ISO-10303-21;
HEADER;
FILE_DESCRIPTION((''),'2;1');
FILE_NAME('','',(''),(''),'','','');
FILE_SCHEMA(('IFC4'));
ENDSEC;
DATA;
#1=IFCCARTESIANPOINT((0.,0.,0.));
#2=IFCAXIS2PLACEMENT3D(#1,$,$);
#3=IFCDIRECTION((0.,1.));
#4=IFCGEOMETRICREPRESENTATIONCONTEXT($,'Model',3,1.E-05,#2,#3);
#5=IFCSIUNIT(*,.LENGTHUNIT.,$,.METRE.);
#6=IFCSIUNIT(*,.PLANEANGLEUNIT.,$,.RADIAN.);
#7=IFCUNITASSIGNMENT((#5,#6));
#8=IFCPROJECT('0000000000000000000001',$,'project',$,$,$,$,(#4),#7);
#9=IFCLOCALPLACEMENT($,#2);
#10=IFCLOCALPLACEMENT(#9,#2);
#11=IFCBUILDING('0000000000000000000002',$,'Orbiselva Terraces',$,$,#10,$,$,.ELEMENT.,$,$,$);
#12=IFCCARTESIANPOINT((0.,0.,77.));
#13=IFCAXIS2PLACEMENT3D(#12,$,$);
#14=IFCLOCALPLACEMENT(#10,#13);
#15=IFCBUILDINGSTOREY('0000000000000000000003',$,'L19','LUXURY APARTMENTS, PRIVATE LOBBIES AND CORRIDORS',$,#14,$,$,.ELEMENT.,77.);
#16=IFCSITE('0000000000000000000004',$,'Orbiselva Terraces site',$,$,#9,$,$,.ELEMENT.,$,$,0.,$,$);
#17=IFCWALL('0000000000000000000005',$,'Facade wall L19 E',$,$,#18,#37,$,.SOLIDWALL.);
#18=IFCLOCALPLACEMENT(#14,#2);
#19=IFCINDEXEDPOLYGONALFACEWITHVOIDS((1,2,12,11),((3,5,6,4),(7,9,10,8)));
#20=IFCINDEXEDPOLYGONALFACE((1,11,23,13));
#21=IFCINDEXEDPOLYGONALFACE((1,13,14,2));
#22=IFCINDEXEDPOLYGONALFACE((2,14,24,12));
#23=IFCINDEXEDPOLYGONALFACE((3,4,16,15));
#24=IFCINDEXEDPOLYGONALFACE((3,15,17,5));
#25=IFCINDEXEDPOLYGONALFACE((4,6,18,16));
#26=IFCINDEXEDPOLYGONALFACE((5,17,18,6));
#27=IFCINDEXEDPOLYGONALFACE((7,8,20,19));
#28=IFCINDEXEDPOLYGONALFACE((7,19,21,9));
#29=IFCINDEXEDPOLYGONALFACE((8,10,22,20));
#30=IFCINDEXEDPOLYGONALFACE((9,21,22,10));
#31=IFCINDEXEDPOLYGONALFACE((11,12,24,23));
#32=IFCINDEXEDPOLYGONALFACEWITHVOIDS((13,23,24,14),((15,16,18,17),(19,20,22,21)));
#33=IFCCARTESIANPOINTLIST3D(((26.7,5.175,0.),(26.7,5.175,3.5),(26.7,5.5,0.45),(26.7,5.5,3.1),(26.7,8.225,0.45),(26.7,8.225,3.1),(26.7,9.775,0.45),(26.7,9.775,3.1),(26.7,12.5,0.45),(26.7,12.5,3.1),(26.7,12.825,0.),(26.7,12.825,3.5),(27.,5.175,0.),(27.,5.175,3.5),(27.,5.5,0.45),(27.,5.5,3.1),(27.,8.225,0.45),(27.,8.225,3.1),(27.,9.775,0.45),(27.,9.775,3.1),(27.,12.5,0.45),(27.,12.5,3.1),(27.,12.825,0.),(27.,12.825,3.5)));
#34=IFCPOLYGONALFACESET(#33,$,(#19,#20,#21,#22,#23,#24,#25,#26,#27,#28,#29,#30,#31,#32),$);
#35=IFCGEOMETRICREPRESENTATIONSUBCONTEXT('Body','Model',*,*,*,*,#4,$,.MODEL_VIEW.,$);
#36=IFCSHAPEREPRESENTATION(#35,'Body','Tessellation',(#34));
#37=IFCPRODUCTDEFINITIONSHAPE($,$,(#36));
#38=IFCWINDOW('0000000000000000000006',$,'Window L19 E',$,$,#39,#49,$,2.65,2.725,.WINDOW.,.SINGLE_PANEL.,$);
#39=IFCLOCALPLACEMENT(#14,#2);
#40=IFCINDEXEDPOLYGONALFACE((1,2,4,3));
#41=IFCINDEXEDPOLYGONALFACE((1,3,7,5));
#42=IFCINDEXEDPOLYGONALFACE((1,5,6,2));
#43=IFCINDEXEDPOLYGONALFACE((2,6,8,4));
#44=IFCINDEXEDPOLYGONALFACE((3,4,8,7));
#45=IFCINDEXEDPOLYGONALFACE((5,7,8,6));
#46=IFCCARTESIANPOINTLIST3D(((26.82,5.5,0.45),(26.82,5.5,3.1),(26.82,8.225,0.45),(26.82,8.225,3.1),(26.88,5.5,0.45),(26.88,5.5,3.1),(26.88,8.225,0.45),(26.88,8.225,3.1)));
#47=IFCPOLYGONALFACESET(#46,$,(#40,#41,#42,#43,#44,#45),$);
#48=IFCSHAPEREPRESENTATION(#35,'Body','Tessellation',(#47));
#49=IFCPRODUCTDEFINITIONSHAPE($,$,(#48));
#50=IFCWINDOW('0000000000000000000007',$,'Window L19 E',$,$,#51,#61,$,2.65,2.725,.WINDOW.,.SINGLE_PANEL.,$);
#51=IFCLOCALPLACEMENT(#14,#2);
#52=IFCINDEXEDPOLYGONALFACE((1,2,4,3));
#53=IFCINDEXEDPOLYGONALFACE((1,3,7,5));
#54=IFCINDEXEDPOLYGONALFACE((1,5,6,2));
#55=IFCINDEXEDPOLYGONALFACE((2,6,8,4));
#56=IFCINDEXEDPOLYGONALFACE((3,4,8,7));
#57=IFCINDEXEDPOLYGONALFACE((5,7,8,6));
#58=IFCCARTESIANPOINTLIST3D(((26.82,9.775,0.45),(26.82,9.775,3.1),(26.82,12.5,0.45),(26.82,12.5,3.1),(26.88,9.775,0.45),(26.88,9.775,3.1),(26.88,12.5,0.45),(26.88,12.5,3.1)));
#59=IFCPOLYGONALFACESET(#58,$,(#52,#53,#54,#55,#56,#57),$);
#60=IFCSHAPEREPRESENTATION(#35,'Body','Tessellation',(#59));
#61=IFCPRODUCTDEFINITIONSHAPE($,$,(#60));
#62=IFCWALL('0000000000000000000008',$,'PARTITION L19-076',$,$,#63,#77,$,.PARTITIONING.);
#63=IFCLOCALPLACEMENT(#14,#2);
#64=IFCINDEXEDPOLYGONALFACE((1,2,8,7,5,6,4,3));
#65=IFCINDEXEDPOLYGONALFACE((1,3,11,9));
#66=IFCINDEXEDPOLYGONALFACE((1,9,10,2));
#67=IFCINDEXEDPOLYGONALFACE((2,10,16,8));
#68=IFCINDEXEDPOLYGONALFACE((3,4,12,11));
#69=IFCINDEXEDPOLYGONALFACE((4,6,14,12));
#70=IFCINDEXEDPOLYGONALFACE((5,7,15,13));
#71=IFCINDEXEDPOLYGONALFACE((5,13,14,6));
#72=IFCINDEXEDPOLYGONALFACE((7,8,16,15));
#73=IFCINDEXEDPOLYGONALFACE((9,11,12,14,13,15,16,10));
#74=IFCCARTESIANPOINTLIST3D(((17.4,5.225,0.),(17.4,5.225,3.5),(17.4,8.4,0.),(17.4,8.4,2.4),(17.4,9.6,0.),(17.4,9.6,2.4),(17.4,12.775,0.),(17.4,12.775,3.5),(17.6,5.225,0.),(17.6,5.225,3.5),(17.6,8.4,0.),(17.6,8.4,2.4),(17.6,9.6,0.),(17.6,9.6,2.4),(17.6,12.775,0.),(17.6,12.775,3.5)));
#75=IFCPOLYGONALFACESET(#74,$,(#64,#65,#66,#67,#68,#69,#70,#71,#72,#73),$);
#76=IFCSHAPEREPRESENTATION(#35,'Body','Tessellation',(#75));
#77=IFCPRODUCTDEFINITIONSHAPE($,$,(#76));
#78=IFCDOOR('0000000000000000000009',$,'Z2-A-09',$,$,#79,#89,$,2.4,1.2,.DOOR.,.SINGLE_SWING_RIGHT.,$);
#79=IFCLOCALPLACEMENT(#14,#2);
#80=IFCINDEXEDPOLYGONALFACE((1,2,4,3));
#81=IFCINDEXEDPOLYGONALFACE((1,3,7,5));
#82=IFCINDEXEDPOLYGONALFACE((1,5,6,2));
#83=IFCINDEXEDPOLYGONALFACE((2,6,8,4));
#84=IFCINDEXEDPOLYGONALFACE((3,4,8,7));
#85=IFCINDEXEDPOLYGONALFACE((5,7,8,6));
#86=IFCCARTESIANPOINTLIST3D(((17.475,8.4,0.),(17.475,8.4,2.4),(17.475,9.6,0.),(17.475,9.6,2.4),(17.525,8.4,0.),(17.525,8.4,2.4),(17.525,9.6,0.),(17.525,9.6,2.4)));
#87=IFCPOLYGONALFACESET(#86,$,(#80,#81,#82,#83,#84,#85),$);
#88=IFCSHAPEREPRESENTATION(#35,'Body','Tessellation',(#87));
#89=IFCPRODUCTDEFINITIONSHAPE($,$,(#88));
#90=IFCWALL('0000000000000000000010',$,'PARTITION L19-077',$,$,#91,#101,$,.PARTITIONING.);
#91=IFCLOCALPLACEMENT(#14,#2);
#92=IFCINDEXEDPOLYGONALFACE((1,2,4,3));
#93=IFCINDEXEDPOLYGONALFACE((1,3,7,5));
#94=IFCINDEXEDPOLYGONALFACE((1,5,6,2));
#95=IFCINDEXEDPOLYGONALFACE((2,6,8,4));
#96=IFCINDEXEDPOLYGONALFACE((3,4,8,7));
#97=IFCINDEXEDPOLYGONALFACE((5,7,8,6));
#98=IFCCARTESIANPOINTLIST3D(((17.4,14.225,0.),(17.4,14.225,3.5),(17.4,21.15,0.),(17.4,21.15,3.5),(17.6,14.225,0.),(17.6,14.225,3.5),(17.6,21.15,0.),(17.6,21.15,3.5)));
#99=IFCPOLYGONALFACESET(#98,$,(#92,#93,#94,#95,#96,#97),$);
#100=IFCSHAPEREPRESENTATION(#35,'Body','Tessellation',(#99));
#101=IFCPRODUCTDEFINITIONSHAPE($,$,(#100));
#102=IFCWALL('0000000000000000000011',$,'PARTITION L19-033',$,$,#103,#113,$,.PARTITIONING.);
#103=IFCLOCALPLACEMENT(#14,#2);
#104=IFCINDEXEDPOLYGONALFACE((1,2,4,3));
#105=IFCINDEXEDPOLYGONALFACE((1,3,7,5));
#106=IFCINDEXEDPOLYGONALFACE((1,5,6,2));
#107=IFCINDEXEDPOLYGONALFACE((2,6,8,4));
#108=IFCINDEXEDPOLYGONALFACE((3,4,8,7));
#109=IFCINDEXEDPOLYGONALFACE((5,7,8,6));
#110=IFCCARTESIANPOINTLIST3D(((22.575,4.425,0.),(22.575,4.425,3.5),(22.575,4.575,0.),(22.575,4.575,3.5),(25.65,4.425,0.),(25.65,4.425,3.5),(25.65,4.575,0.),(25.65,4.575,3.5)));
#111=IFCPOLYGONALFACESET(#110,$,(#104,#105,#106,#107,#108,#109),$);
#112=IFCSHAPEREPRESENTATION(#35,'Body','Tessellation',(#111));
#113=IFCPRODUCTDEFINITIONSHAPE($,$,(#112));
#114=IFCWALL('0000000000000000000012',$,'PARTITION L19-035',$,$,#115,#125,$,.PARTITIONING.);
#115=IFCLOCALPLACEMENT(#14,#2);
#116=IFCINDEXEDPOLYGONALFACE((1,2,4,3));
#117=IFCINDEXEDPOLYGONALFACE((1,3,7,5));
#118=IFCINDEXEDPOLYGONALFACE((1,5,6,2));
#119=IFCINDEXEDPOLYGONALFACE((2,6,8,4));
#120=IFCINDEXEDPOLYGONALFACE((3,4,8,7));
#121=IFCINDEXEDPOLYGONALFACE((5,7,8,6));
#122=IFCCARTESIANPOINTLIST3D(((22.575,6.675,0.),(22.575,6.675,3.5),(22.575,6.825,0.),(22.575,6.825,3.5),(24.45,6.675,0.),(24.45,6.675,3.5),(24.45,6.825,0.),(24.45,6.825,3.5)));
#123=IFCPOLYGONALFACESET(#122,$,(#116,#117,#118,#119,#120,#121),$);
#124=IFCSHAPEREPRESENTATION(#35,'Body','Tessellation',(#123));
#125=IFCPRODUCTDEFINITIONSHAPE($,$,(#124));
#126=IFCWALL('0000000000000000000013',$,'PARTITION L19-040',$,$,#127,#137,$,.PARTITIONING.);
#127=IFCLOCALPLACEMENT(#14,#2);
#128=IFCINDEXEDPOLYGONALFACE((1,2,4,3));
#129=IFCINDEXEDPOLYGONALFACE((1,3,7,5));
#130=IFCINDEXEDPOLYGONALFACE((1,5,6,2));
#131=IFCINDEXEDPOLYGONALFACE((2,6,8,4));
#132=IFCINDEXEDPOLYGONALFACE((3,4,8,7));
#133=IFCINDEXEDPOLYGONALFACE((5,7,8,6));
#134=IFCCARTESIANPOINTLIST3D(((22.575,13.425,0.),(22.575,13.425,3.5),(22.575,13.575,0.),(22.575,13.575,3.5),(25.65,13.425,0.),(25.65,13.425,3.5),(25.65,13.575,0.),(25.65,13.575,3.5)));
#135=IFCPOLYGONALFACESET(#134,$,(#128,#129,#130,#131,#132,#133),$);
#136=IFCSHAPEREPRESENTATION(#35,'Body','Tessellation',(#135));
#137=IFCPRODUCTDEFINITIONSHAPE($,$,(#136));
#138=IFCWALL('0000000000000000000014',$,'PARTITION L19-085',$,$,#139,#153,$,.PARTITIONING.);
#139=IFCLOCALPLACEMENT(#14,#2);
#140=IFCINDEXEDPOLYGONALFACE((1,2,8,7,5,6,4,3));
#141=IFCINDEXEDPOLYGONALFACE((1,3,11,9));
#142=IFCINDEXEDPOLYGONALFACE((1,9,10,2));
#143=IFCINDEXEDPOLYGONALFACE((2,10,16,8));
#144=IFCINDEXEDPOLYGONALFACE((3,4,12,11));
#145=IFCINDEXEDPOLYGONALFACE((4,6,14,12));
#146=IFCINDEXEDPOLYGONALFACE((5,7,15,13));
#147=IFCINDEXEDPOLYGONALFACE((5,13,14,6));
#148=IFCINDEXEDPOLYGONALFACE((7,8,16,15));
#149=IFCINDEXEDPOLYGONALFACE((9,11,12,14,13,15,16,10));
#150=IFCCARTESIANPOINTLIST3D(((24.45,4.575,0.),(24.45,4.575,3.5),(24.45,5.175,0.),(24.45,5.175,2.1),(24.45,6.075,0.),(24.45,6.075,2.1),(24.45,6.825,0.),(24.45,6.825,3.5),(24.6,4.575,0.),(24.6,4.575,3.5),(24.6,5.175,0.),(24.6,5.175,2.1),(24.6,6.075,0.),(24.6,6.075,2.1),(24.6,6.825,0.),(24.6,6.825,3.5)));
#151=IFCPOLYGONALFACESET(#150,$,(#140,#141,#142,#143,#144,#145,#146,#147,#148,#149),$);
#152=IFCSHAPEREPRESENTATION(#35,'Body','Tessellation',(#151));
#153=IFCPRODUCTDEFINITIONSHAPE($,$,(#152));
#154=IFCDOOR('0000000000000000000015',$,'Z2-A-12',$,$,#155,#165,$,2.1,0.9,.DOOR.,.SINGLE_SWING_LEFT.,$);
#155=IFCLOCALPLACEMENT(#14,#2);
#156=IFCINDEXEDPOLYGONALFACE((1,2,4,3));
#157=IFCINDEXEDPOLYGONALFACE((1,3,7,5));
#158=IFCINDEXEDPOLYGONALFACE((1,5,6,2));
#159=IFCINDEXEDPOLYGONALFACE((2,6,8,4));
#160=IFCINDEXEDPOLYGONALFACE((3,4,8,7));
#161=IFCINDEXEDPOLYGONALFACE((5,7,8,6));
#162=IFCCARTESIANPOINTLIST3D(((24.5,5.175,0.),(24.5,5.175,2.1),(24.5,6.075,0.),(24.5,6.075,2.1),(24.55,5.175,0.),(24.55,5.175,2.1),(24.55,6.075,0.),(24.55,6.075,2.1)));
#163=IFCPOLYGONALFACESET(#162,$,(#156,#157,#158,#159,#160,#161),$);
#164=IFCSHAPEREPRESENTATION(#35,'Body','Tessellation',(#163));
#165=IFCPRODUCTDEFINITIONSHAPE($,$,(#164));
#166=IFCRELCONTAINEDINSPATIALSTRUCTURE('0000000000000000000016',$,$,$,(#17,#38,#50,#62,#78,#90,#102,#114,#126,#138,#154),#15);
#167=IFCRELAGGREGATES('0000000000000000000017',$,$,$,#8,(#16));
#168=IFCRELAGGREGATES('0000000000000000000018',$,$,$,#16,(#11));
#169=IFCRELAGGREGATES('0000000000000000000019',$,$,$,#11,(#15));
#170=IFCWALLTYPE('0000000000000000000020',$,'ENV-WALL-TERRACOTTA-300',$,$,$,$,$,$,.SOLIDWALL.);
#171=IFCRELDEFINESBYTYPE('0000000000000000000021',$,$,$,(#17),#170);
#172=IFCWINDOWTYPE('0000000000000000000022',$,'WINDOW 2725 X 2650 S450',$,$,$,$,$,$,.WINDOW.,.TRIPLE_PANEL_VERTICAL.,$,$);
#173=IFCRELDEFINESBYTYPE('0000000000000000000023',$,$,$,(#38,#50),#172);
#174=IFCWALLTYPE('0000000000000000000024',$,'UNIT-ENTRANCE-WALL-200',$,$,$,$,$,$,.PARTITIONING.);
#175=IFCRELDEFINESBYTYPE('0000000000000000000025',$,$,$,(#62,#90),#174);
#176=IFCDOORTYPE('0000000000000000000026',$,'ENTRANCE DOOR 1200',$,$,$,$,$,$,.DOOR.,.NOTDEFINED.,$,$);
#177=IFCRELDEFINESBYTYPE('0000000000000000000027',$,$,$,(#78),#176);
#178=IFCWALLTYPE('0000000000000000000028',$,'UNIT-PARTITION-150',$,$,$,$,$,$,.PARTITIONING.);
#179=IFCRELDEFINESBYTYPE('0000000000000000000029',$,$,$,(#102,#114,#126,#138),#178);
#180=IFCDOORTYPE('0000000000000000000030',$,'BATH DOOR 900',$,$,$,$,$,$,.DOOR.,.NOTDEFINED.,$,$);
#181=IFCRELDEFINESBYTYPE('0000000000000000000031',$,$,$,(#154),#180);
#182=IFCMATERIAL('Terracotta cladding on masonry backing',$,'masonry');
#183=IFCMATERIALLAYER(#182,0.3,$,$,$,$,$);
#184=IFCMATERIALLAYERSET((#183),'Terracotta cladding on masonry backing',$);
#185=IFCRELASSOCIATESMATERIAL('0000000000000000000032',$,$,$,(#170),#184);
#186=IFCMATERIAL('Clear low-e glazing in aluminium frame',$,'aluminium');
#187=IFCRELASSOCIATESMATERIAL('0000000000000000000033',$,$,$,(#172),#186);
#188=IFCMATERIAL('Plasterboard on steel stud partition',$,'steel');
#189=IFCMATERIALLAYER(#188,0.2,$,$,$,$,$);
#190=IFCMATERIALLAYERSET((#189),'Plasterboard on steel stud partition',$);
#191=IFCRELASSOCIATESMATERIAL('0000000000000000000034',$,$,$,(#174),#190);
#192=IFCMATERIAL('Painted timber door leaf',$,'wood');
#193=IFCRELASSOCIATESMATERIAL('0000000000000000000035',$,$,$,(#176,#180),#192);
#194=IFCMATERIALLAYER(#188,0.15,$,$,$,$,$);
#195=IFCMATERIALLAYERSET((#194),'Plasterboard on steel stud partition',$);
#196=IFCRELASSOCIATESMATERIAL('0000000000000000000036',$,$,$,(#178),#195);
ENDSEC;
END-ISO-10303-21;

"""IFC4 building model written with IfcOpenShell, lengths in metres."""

from ifc_helpers import new_model, si_unit, direction, frame, frame_2d, origin, place, context, subcontext, project, spatial, rectangle, extrude, material, layer, layer_set, type_object, element, fill, save


model = new_model("IFC4")

# Units and contexts
model_context = context("Model", 3, precision=1e-05, world=origin(), true_north=direction((0.0, 1.0)))
body_context = subcontext(model_context, "Body", "Model", "MODEL_VIEW")
ifc_project = project(units=[si_unit("LENGTHUNIT", "METRE"), si_unit("PLANEANGLEUNIT", "RADIAN")], contexts=[model_context])

# Site, building, storey
site_placement = place(None, origin())
site = spatial("IfcSite", under=ifc_project, at=site_placement, Name="Orbiselva Terraces site", CompositionType="ELEMENT", RefElevation=0.0)
building_placement = place(site_placement, origin())
building = spatial("IfcBuilding", under=site, at=building_placement, Name="Orbiselva Terraces", CompositionType="ELEMENT")
storey_placement = place(building_placement, frame((0.0, 0.0, 77.0)))
storey = spatial("IfcBuildingStorey", under=building, at=storey_placement, Name="L19", Description="LUXURY APARTMENTS, PRIVATE LOBBIES AND CORRIDORS", CompositionType="ELEMENT", Elevation=77.0)

# Shared definitions
ifc_material_1 = material(Name="Terracotta cladding on masonry backing", Category="masonry")
ifc_layer_1 = layer(ifc_material_1, 0.3)
ifc_layer_set_1 = layer_set([ifc_layer_1], Name="Terracotta cladding on masonry backing")
wall_type_1 = type_object("IfcWallType", Name="ENV-WALL-TERRACOTTA-300", PredefinedType="SOLIDWALL", material=ifc_layer_set_1)
ifc_material_2 = material(Name="Clear low-e glazing in aluminium frame", Category="aluminium")
window_type = type_object("IfcWindowType", Name="WINDOW 2725 X 2650 S450", PartitioningType="TRIPLE_PANEL_VERTICAL", PredefinedType="WINDOW", material=ifc_material_2)

# Wall, openings, windows
wall_1_placement = place(storey_placement, frame((26.85, 12.825, 0.0), z_axis=(0.0, 0.0, 1.0), x_axis=(0.0, -1.0, 0.0)))
wall_1 = element("IfcWall", 1, at=wall_1_placement, inside=storey, type_object=wall_type_1, Name="Facade wall L19 E", PredefinedType="SOLIDWALL", context=body_context, shape_type="SweptSolid", body=[
    extrude(rectangle(XDim=7.65, YDim=0.3, at=frame_2d((3.825, 0.0))), origin(), (0.0, 0.0, 1.0), 3.5),
])
opening_1_placement = place(wall_1_placement, frame((4.6, 0.0, 0.45)))
opening_1 = element("IfcOpeningElement", 2, at=opening_1_placement, cuts=wall_1, PredefinedType="OPENING", context=body_context, shape_type="SweptSolid", body=[
    extrude(rectangle(XDim=2.725, YDim=2.65, at=frame_2d((1.3625, 1.325))), frame((0.0, 0.16, 0.0), z_axis=(0.0, -1.0, 0.0), x_axis=(1.0, 0.0, 0.0)), (0.0, 0.0, 1.0), 0.32),
])
opening_2_placement = place(wall_1_placement, frame((0.325, 0.0, 0.45)))
opening_2 = element("IfcOpeningElement", 3, at=opening_2_placement, cuts=wall_1, PredefinedType="OPENING", context=body_context, shape_type="SweptSolid", body=[
    extrude(rectangle(XDim=2.725, YDim=2.65, at=frame_2d((1.3625, 1.325))), frame((0.0, 0.16, 0.0), z_axis=(0.0, -1.0, 0.0), x_axis=(1.0, 0.0, 0.0)), (0.0, 0.0, 1.0), 0.32),
])
window_1_placement = place(opening_1_placement, origin())
window_1 = element("IfcWindow", 4, at=window_1_placement, inside=storey, type_object=window_type, Name="Window L19 E", OverallHeight=2.65, OverallWidth=2.725, PartitioningType="SINGLE_PANEL", PredefinedType="WINDOW", context=body_context, shape_type="SweptSolid", body=[
    extrude(rectangle(XDim=2.725, YDim=2.65, at=frame_2d((1.3625, 1.325))), frame((0.0, 0.03, 0.0), z_axis=(0.0, -1.0, 0.0), x_axis=(1.0, 0.0, 0.0)), (0.0, 0.0, 1.0), 0.06),
])
fill(opening_1, window_1)
window_2_placement = place(opening_2_placement, origin())
window_2 = element("IfcWindow", 5, at=window_2_placement, inside=storey, type_object=window_type, Name="Window L19 E", OverallHeight=2.65, OverallWidth=2.725, PartitioningType="SINGLE_PANEL", PredefinedType="WINDOW", context=body_context, shape_type="SweptSolid", body=[
    extrude(rectangle(XDim=2.725, YDim=2.65, at=frame_2d((1.3625, 1.325))), frame((0.0, 0.03, 0.0), z_axis=(0.0, -1.0, 0.0), x_axis=(1.0, 0.0, 0.0)), (0.0, 0.0, 1.0), 0.06),
])
fill(opening_2, window_2)

# Wall, opening, door
ifc_material_3 = material(Name="Plasterboard on steel stud partition", Category="steel")
ifc_layer_2 = layer(ifc_material_3, 0.2)
ifc_layer_set_2 = layer_set([ifc_layer_2], Name="Plasterboard on steel stud partition")
wall_type_2 = type_object("IfcWallType", Name="UNIT-ENTRANCE-WALL-200", PredefinedType="PARTITIONING", material=ifc_layer_set_2)
wall_2_placement = place(storey_placement, frame((17.5, 12.775, 0.0), z_axis=(0.0, 0.0, 1.0), x_axis=(0.0, -1.0, 0.0)))
wall_2 = element("IfcWall", 6, at=wall_2_placement, inside=storey, type_object=wall_type_2, Name="PARTITION L19-076", PredefinedType="PARTITIONING", context=body_context, shape_type="SweptSolid", body=[
    extrude(rectangle(XDim=7.55, YDim=0.2, at=frame_2d((3.775, 0.0))), origin(), (0.0, 0.0, 1.0), 3.5),
])
opening_3_placement = place(wall_2_placement, frame((3.175, 0.0, 0.0)))
opening_3 = element("IfcOpeningElement", 7, at=opening_3_placement, cuts=wall_2, PredefinedType="OPENING", context=body_context, shape_type="SweptSolid", body=[
    extrude(rectangle(XDim=1.2, YDim=2.4, at=frame_2d((0.6, 1.2))), frame((0.0, 0.11, 0.0), z_axis=(0.0, -1.0, 0.0), x_axis=(1.0, 0.0, 0.0)), (0.0, 0.0, 1.0), 0.22),
])
ifc_material_4 = material(Name="Painted timber door leaf", Category="wood")
door_type_1 = type_object("IfcDoorType", Name="ENTRANCE DOOR 1200", OperationType="NOTDEFINED", PredefinedType="DOOR", material=ifc_material_4)
door_1_placement = place(opening_3_placement, origin())
door_1 = element("IfcDoor", 8, at=door_1_placement, inside=storey, type_object=door_type_1, Name="Z2-A-09", OperationType="SINGLE_SWING_RIGHT", OverallHeight=2.4, OverallWidth=1.2, PredefinedType="DOOR", context=body_context, shape_type="SweptSolid", body=[
    extrude(rectangle(XDim=1.2, YDim=2.4, at=frame_2d((0.6, 1.2))), frame((0.0, 0.025, 0.0), z_axis=(0.0, -1.0, 0.0), x_axis=(1.0, 0.0, 0.0)), (0.0, 0.0, 1.0), 0.05),
])
fill(opening_3, door_1)

# Walls
wall_3_placement = place(storey_placement, frame((17.5, 14.225, 0.0), z_axis=(0.0, 0.0, 1.0), x_axis=(0.0, 1.0, 0.0)))
element("IfcWall", 9, at=wall_3_placement, inside=storey, type_object=wall_type_2, Name="PARTITION L19-077", PredefinedType="PARTITIONING", context=body_context, shape_type="SweptSolid", body=[
    extrude(rectangle(XDim=6.925, YDim=0.2, at=frame_2d((3.4625, 0.0))), origin(), (0.0, 0.0, 1.0), 3.5),
])
ifc_layer_3 = layer(ifc_material_3, 0.15)
ifc_layer_set_3 = layer_set([ifc_layer_3], Name="Plasterboard on steel stud partition")
wall_type_3 = type_object("IfcWallType", Name="UNIT-PARTITION-150", PredefinedType="PARTITIONING", material=ifc_layer_set_3)
wall_4_placement = place(storey_placement, frame((22.575, 4.5, 0.0), z_axis=(0.0, 0.0, 1.0), x_axis=(1.0, 0.0, 0.0)))
element("IfcWall", 10, at=wall_4_placement, inside=storey, type_object=wall_type_3, Name="PARTITION L19-033", PredefinedType="PARTITIONING", context=body_context, shape_type="SweptSolid", body=[
    extrude(rectangle(XDim=3.075, YDim=0.15, at=frame_2d((1.5375, 0.0))), origin(), (0.0, 0.0, 1.0), 3.5),
])
wall_5_placement = place(storey_placement, frame((22.575, 6.75, 0.0), z_axis=(0.0, 0.0, 1.0), x_axis=(1.0, 0.0, 0.0)))
element("IfcWall", 11, at=wall_5_placement, inside=storey, type_object=wall_type_3, Name="PARTITION L19-035", PredefinedType="PARTITIONING", context=body_context, shape_type="SweptSolid", body=[
    extrude(rectangle(XDim=1.875, YDim=0.15, at=frame_2d((0.9375, 0.0))), origin(), (0.0, 0.0, 1.0), 3.5),
])
wall_6_placement = place(storey_placement, frame((22.575, 13.5, 0.0), z_axis=(0.0, 0.0, 1.0), x_axis=(1.0, 0.0, 0.0)))
element("IfcWall", 12, at=wall_6_placement, inside=storey, type_object=wall_type_3, Name="PARTITION L19-040", PredefinedType="PARTITIONING", context=body_context, shape_type="SweptSolid", body=[
    extrude(rectangle(XDim=3.075, YDim=0.15, at=frame_2d((1.5375, 0.0))), origin(), (0.0, 0.0, 1.0), 3.5),
])

# Wall, opening, door
wall_7_placement = place(storey_placement, frame((24.525, 4.575, 0.0), z_axis=(0.0, 0.0, 1.0), x_axis=(0.0, 1.0, 0.0)))
wall_7 = element("IfcWall", 13, at=wall_7_placement, inside=storey, type_object=wall_type_3, Name="PARTITION L19-085", PredefinedType="PARTITIONING", context=body_context, shape_type="SweptSolid", body=[
    extrude(rectangle(XDim=2.25, YDim=0.15, at=frame_2d((1.125, 0.0))), origin(), (0.0, 0.0, 1.0), 3.5),
])
opening_4_placement = place(wall_7_placement, frame((0.6, 0.0, 0.0)))
opening_4 = element("IfcOpeningElement", 14, at=opening_4_placement, cuts=wall_7, PredefinedType="OPENING", context=body_context, shape_type="SweptSolid", body=[
    extrude(rectangle(XDim=0.9, YDim=2.1, at=frame_2d((0.45, 1.05))), frame((0.0, 0.085, 0.0), z_axis=(0.0, -1.0, 0.0), x_axis=(1.0, 0.0, 0.0)), (0.0, 0.0, 1.0), 0.17),
])
door_type_2 = type_object("IfcDoorType", Name="BATH DOOR 900", OperationType="NOTDEFINED", PredefinedType="DOOR", material=ifc_material_4)
door_2_placement = place(opening_4_placement, origin())
door_2 = element("IfcDoor", 15, at=door_2_placement, inside=storey, type_object=door_type_2, Name="Z2-A-12", OperationType="SINGLE_SWING_LEFT", OverallHeight=2.1, OverallWidth=0.9, PredefinedType="DOOR", context=body_context, shape_type="SweptSolid", body=[
    extrude(rectangle(XDim=0.9, YDim=2.1, at=frame_2d((0.45, 1.05))), frame((0.0, 0.025, 0.0), z_axis=(0.0, -1.0, 0.0), x_axis=(1.0, 0.0, 0.0)), (0.0, 0.0, 1.0), 0.05),
])
fill(opening_4, door_2)

save(model, "model.ifc")
